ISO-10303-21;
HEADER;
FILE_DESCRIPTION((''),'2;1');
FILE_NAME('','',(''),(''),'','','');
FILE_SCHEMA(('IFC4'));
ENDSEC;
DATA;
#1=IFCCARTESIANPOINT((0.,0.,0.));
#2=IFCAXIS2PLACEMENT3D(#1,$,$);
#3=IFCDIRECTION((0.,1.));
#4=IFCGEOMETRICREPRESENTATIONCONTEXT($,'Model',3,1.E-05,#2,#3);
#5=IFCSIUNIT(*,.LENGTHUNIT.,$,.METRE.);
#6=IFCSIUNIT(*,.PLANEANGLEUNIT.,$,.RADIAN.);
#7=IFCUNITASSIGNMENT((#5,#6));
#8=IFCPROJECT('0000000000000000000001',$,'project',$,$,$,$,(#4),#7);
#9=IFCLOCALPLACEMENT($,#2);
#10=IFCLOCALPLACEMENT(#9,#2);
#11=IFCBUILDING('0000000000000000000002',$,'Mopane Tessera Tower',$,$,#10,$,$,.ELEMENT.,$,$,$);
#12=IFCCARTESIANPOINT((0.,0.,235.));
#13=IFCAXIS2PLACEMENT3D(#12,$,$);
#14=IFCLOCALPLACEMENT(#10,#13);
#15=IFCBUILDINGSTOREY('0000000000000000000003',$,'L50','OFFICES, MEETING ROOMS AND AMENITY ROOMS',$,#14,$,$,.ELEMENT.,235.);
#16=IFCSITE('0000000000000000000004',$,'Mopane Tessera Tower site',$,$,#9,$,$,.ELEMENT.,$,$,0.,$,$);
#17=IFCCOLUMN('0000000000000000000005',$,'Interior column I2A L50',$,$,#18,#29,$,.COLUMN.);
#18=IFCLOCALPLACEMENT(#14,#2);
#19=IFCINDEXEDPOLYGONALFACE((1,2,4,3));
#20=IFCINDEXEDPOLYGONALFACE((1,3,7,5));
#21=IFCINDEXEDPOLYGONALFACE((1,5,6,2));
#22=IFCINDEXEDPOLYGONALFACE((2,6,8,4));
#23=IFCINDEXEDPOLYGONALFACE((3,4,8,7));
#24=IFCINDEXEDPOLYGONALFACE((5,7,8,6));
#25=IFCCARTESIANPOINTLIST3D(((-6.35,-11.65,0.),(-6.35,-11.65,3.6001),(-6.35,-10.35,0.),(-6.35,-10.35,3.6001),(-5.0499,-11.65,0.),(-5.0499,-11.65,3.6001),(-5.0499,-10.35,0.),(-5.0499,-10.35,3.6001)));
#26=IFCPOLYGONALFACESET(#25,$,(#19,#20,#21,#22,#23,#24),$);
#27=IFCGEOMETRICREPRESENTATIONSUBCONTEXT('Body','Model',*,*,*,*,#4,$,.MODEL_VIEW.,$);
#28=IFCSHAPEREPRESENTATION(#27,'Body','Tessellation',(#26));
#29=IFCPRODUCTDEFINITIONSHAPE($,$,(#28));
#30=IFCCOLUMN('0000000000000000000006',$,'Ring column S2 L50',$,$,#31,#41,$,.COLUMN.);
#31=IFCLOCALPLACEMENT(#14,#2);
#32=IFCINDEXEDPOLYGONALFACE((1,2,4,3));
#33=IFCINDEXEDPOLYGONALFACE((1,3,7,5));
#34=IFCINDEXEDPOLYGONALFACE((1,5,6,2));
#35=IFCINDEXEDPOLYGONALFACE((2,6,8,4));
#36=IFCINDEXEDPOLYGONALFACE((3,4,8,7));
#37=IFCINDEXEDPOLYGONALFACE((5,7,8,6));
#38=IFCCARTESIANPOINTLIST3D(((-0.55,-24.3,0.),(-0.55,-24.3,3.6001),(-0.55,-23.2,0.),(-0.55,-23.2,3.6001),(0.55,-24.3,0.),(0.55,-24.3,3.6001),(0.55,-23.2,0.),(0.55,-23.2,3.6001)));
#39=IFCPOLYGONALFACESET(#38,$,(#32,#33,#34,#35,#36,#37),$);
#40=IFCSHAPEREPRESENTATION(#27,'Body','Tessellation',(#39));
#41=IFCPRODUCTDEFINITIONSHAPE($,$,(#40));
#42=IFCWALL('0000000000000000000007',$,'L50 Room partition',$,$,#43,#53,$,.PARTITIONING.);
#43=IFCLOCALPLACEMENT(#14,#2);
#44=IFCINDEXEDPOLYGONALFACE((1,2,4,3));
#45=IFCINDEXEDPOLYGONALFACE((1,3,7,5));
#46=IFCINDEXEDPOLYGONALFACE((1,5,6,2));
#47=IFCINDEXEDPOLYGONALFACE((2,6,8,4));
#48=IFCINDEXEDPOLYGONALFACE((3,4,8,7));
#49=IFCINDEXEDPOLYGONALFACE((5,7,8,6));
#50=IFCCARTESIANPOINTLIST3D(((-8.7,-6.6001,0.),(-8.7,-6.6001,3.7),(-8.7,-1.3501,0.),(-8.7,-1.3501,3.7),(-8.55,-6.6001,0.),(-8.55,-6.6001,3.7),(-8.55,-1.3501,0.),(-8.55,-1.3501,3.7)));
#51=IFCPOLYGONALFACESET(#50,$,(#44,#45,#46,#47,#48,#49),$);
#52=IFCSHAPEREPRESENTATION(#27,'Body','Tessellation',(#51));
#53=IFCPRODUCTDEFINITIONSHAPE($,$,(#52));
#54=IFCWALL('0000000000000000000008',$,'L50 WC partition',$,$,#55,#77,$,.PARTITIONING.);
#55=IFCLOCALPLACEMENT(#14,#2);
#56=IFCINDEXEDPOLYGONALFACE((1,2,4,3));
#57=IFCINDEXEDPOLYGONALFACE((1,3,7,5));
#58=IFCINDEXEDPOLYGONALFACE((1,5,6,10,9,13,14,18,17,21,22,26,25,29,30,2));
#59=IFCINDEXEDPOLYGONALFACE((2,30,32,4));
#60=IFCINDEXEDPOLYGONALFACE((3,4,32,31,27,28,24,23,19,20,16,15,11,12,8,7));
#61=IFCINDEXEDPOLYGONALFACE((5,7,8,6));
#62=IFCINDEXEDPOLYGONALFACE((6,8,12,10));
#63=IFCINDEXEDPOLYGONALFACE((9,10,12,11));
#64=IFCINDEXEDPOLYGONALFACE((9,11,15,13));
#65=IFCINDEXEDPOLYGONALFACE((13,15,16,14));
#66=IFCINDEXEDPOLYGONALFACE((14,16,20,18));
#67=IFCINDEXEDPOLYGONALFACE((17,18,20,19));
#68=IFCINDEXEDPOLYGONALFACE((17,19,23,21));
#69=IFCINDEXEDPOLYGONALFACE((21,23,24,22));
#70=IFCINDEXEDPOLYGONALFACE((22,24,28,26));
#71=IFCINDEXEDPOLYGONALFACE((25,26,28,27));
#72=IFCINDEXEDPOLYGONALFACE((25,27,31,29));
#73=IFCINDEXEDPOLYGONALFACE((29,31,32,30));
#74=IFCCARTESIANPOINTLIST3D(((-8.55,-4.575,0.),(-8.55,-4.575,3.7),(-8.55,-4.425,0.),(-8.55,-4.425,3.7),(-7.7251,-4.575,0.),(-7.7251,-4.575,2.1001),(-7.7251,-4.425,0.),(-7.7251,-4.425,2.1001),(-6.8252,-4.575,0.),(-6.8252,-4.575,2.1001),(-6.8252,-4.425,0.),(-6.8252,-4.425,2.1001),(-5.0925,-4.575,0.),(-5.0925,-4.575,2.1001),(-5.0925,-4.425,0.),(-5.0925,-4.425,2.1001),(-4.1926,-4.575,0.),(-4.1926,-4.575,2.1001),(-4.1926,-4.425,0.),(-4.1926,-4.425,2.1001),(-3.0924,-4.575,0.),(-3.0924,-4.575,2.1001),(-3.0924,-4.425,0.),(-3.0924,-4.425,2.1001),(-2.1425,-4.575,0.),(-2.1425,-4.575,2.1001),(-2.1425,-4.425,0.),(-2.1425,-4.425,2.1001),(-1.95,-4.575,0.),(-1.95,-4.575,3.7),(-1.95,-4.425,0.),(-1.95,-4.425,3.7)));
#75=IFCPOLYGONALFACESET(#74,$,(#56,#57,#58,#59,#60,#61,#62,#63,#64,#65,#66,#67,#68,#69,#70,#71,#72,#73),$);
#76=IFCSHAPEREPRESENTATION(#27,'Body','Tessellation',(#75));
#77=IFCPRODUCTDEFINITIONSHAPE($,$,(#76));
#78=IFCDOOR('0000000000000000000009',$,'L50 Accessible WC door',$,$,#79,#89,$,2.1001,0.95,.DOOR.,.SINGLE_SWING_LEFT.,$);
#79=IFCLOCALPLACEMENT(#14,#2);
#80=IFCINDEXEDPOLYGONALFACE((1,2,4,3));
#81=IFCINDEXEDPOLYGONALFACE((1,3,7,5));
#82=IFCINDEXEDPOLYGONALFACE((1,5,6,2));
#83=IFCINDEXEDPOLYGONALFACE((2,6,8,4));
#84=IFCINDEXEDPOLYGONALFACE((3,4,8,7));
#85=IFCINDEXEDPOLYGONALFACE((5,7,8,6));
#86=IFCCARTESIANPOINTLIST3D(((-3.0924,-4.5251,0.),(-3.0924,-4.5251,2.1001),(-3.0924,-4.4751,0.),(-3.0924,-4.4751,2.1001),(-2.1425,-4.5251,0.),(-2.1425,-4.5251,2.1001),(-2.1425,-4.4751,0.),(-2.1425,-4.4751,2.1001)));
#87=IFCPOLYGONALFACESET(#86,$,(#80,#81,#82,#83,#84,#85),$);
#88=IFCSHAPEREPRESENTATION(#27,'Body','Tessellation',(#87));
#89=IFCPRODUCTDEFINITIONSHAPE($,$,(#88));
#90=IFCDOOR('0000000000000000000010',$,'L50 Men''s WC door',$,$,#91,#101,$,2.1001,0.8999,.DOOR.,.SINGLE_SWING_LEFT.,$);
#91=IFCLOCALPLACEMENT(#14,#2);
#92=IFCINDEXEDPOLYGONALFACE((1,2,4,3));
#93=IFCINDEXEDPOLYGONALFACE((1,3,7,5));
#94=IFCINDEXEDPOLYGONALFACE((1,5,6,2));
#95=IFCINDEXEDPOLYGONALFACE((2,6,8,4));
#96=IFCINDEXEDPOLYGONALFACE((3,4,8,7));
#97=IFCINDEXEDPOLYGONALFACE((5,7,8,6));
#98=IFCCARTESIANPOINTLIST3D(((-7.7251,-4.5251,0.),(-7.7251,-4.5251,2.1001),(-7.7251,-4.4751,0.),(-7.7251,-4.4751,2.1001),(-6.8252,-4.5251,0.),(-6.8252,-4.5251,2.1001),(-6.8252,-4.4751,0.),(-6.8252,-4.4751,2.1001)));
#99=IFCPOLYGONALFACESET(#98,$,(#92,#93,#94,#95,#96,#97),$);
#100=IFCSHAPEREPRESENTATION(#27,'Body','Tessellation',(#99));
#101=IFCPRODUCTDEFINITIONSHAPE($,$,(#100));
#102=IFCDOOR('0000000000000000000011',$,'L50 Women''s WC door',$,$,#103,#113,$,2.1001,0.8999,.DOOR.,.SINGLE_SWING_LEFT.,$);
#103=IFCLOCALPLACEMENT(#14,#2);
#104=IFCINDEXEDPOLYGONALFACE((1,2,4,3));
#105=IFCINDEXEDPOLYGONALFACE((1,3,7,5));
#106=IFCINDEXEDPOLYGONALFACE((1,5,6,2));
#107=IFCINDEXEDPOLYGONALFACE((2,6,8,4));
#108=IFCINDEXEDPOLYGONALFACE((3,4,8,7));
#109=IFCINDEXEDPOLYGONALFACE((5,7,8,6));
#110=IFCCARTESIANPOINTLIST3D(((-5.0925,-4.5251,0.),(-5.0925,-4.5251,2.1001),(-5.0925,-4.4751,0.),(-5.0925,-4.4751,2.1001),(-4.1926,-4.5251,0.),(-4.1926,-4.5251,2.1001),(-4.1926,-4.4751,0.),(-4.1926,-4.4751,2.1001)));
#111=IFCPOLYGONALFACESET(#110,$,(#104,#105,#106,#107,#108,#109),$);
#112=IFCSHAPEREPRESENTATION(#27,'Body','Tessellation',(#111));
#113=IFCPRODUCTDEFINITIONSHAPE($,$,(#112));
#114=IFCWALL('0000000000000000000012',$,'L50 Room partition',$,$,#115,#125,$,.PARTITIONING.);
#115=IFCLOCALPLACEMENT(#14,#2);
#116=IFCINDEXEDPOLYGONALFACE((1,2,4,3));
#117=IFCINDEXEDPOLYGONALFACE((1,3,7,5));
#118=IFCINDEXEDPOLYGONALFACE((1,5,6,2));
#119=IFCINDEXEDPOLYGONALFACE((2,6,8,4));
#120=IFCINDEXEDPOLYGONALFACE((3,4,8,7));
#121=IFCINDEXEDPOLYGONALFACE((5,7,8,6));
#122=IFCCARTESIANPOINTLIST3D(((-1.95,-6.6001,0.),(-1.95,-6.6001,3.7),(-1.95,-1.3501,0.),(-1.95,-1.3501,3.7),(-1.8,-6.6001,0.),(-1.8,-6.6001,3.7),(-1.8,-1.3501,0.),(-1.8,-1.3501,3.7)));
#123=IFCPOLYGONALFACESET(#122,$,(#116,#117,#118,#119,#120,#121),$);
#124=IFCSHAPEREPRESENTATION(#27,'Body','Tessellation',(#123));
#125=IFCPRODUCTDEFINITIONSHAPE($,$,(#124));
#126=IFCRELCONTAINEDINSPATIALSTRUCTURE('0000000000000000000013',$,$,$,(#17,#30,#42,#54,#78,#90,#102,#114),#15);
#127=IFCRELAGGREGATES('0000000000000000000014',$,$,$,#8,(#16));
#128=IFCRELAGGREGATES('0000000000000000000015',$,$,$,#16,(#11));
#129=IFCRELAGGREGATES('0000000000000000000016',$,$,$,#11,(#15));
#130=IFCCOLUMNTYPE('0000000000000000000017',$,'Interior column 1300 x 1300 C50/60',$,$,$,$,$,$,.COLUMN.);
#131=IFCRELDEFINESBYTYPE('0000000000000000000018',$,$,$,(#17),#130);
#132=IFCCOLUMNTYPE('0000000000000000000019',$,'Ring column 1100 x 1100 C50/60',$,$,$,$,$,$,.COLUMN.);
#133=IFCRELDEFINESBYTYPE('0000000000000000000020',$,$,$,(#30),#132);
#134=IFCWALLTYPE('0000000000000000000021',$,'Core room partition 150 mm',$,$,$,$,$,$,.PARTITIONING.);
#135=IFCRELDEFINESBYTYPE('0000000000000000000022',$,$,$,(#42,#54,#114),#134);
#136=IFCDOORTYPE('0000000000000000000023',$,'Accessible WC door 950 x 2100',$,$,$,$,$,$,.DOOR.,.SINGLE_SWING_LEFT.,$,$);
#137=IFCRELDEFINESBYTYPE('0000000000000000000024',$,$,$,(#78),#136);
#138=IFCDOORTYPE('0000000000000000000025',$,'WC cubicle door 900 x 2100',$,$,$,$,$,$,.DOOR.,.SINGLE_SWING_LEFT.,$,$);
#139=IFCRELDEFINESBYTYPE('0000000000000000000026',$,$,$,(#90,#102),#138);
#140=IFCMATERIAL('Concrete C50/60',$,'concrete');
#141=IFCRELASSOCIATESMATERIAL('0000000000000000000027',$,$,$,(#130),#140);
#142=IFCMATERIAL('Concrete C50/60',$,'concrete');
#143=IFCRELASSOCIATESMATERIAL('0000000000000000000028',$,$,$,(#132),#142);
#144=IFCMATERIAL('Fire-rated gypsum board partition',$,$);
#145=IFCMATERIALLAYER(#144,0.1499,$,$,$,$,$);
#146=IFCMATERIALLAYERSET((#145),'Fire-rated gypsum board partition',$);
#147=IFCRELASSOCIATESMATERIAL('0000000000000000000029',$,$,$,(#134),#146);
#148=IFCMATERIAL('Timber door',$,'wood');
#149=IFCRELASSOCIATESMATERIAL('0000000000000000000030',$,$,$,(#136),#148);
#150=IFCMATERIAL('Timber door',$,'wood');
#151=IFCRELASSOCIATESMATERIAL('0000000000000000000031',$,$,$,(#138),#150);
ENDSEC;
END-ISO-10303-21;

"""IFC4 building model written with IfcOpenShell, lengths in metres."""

from ifc_helpers import new_model, si_unit, direction, frame, frame_2d, origin, origin_2d, place, context, subcontext, project, spatial, rectangle, extrude, material, layer, layer_set, material_profile, profile_set, type_object, element, fill, save


model = new_model("IFC4")

# Units and contexts
model_context = context("Model", 3, precision=1e-05, world=origin(), true_north=direction((0.0, 1.0)))
body_context = subcontext(model_context, "Body", "Model", "MODEL_VIEW")
ifc_project = project(units=[si_unit("LENGTHUNIT", "METRE"), si_unit("PLANEANGLEUNIT", "RADIAN")], contexts=[model_context])

# Site, building, storey
site_placement = place(None, origin())
site = spatial("IfcSite", under=ifc_project, at=site_placement, Name="Mopane Tessera Tower site", CompositionType="ELEMENT", RefElevation=0.0)
building_placement = place(site_placement, origin())
building = spatial("IfcBuilding", under=site, at=building_placement, Name="Mopane Tessera Tower", CompositionType="ELEMENT")
storey_placement = place(building_placement, frame((0.0, 0.0, 235.0)))
storey = spatial("IfcBuildingStorey", under=building, at=storey_placement, Name="L50", Description="OFFICES, MEETING ROOMS AND AMENITY ROOMS", CompositionType="ELEMENT", Elevation=235.0)

# Columns
ifc_material_1 = material(Name="Concrete C50/60", Category="concrete")
ifc_material_profile_1 = material_profile(ifc_material_1, rectangle(XDim=1.3, YDim=1.3, at=origin_2d()))
ifc_profile_set_1 = profile_set([ifc_material_profile_1], Name="Concrete C50/60")
column_type_1 = type_object("IfcColumnType", Name="Interior column 1300 x 1300 C50/60", PredefinedType="COLUMN", material=ifc_profile_set_1)
column_1_placement = place(storey_placement, frame((-5.7, -11.0, 0.0), z_axis=(0.0, 0.0, 1.0), x_axis=(1.0, 0.0, 0.0)))
element("IfcColumn", 1, at=column_1_placement, inside=storey, type_object=column_type_1, Name="Interior column I2A L50", PredefinedType="COLUMN", context=body_context, shape_type="SweptSolid", body=[
    extrude(rectangle(XDim=1.3, YDim=1.3, at=origin_2d()), origin(), (0.0, 0.0, 1.0), 3.6001),
])
ifc_material_2 = material(Name="Concrete C50/60", Category="concrete")
ifc_material_profile_2 = material_profile(ifc_material_2, rectangle(XDim=1.1001, YDim=1.1001, at=origin_2d()))
ifc_profile_set_2 = profile_set([ifc_material_profile_2], Name="Concrete C50/60")
column_type_2 = type_object("IfcColumnType", Name="Ring column 1100 x 1100 C50/60", PredefinedType="COLUMN", material=ifc_profile_set_2)
column_2_placement = place(storey_placement, frame((0.0, -23.75, 0.0), z_axis=(0.0, 0.0, 1.0), x_axis=(1.0, 0.0, 0.0)))
element("IfcColumn", 2, at=column_2_placement, inside=storey, type_object=column_type_2, Name="Ring column S2 L50", PredefinedType="COLUMN", context=body_context, shape_type="SweptSolid", body=[
    extrude(rectangle(XDim=1.1001, YDim=1.1001, at=origin_2d()), origin(), (0.0, 0.0, 1.0), 3.6001),
])

# Wall
ifc_material_3 = material(Name="Fire-rated gypsum board partition")
ifc_layer_1 = layer(ifc_material_3, 0.1499)
ifc_layer_set_1 = layer_set([ifc_layer_1], Name="Fire-rated gypsum board partition")
wall_type_1 = type_object("IfcWallType", Name="Core room partition 150 mm", PredefinedType="PARTITIONING", material=ifc_layer_set_1)
wall_1_placement = place(storey_placement, frame((-8.625, -6.6001, 0.0), z_axis=(0.0, 0.0, 1.0), x_axis=(0.0, 1.0, 0.0)))
element("IfcWall", 3, at=wall_1_placement, inside=storey, type_object=wall_type_1, Name="L50 Room partition", PredefinedType="PARTITIONING", context=body_context, shape_type="SweptSolid", body=[
    extrude(rectangle(XDim=5.25, YDim=0.1499, at=frame_2d((2.625, 0.0))), origin(), (0.0, 0.0, 1.0), 3.7),
])

# Wall, openings, doors
wall_2_placement = place(storey_placement, frame((-8.55, -4.5, 0.0), z_axis=(0.0, 0.0, 1.0), x_axis=(1.0, 0.0, 0.0)))
wall_2 = element("IfcWall", 4, at=wall_2_placement, inside=storey, type_object=wall_type_1, Name="L50 WC partition", PredefinedType="PARTITIONING", context=body_context, shape_type="SweptSolid", body=[
    extrude(rectangle(XDim=6.6001, YDim=0.1499, at=frame_2d((3.3, 0.0))), origin(), (0.0, 0.0, 1.0), 3.7),
])
opening_1_placement = place(wall_2_placement, frame((0.825, 0.0, 0.0)))
opening_1 = element("IfcOpeningElement", 5, at=opening_1_placement, cuts=wall_2, PredefinedType="OPENING", context=body_context, shape_type="SweptSolid", body=[
    extrude(rectangle(XDim=0.8999, YDim=2.1001, at=frame_2d((0.45, 1.05))), frame((0.0, 0.0869, 0.0), z_axis=(0.0, -1.0, 0.0), x_axis=(1.0, 0.0, 0.0)), (0.0, 0.0, 1.0), 0.1738),
])
opening_2_placement = place(wall_2_placement, frame((3.4575, 0.0, 0.0)))
opening_2 = element("IfcOpeningElement", 6, at=opening_2_placement, cuts=wall_2, PredefinedType="OPENING", context=body_context, shape_type="SweptSolid", body=[
    extrude(rectangle(XDim=0.8999, YDim=2.1001, at=frame_2d((0.45, 1.05))), frame((0.0, 0.0869, 0.0), z_axis=(0.0, -1.0, 0.0), x_axis=(1.0, 0.0, 0.0)), (0.0, 0.0, 1.0), 0.1738),
])
opening_3_placement = place(wall_2_placement, frame((5.4575, 0.0, 0.0)))
opening_3 = element("IfcOpeningElement", 7, at=opening_3_placement, cuts=wall_2, PredefinedType="OPENING", context=body_context, shape_type="SweptSolid", body=[
    extrude(rectangle(XDim=0.95, YDim=2.1001, at=frame_2d((0.4751, 1.05))), frame((0.0, 0.0869, 0.0), z_axis=(0.0, -1.0, 0.0), x_axis=(1.0, 0.0, 0.0)), (0.0, 0.0, 1.0), 0.1738),
])
ifc_material_4 = material(Name="Timber door", Category="wood")
door_type_1 = type_object("IfcDoorType", Name="Accessible WC door 950 x 2100", OperationType="SINGLE_SWING_LEFT", PredefinedType="DOOR", material=ifc_material_4)
door_1_placement = place(opening_3_placement, origin())
door_1 = element("IfcDoor", 8, at=door_1_placement, inside=storey, type_object=door_type_1, Name="L50 Accessible WC door", OperationType="SINGLE_SWING_LEFT", OverallHeight=2.1001, OverallWidth=0.95, PredefinedType="DOOR", context=body_context, shape_type="SweptSolid", body=[
    extrude(rectangle(XDim=0.95, YDim=2.1001, at=frame_2d((0.4751, 1.05))), frame((0.0, 0.0249, 0.0), z_axis=(0.0, -1.0, 0.0), x_axis=(1.0, 0.0, 0.0)), (0.0, 0.0, 1.0), 0.05),
])
fill(opening_3, door_1)
ifc_material_5 = material(Name="Timber door", Category="wood")
door_type_2 = type_object("IfcDoorType", Name="WC cubicle door 900 x 2100", OperationType="SINGLE_SWING_LEFT", PredefinedType="DOOR", material=ifc_material_5)
door_2_placement = place(opening_1_placement, origin())
door_2 = element("IfcDoor", 9, at=door_2_placement, inside=storey, type_object=door_type_2, Name="L50 Men's WC door", OperationType="SINGLE_SWING_LEFT", OverallHeight=2.1001, OverallWidth=0.8999, PredefinedType="DOOR", context=body_context, shape_type="SweptSolid", body=[
    extrude(rectangle(XDim=0.8999, YDim=2.1001, at=frame_2d((0.45, 1.05))), frame((0.0, 0.0249, 0.0), z_axis=(0.0, -1.0, 0.0), x_axis=(1.0, 0.0, 0.0)), (0.0, 0.0, 1.0), 0.05),
])
fill(opening_1, door_2)
door_3_placement = place(opening_2_placement, origin())
door_3 = element("IfcDoor", 10, at=door_3_placement, inside=storey, type_object=door_type_2, Name="L50 Women's WC door", OperationType="SINGLE_SWING_LEFT", OverallHeight=2.1001, OverallWidth=0.8999, PredefinedType="DOOR", context=body_context, shape_type="SweptSolid", body=[
    extrude(rectangle(XDim=0.8999, YDim=2.1001, at=frame_2d((0.45, 1.05))), frame((0.0, 0.0249, 0.0), z_axis=(0.0, -1.0, 0.0), x_axis=(1.0, 0.0, 0.0)), (0.0, 0.0, 1.0), 0.05),
])
fill(opening_2, door_3)

# Wall
wall_3_placement = place(storey_placement, frame((-1.875, -6.6001, 0.0), z_axis=(0.0, 0.0, 1.0), x_axis=(0.0, 1.0, 0.0)))
element("IfcWall", 11, at=wall_3_placement, inside=storey, type_object=wall_type_1, Name="L50 Room partition", PredefinedType="PARTITIONING", context=body_context, shape_type="SweptSolid", body=[
    extrude(rectangle(XDim=5.25, YDim=0.1499, at=frame_2d((2.625, 0.0))), origin(), (0.0, 0.0, 1.0), 3.7),
])

save(model, "model.ifc")
